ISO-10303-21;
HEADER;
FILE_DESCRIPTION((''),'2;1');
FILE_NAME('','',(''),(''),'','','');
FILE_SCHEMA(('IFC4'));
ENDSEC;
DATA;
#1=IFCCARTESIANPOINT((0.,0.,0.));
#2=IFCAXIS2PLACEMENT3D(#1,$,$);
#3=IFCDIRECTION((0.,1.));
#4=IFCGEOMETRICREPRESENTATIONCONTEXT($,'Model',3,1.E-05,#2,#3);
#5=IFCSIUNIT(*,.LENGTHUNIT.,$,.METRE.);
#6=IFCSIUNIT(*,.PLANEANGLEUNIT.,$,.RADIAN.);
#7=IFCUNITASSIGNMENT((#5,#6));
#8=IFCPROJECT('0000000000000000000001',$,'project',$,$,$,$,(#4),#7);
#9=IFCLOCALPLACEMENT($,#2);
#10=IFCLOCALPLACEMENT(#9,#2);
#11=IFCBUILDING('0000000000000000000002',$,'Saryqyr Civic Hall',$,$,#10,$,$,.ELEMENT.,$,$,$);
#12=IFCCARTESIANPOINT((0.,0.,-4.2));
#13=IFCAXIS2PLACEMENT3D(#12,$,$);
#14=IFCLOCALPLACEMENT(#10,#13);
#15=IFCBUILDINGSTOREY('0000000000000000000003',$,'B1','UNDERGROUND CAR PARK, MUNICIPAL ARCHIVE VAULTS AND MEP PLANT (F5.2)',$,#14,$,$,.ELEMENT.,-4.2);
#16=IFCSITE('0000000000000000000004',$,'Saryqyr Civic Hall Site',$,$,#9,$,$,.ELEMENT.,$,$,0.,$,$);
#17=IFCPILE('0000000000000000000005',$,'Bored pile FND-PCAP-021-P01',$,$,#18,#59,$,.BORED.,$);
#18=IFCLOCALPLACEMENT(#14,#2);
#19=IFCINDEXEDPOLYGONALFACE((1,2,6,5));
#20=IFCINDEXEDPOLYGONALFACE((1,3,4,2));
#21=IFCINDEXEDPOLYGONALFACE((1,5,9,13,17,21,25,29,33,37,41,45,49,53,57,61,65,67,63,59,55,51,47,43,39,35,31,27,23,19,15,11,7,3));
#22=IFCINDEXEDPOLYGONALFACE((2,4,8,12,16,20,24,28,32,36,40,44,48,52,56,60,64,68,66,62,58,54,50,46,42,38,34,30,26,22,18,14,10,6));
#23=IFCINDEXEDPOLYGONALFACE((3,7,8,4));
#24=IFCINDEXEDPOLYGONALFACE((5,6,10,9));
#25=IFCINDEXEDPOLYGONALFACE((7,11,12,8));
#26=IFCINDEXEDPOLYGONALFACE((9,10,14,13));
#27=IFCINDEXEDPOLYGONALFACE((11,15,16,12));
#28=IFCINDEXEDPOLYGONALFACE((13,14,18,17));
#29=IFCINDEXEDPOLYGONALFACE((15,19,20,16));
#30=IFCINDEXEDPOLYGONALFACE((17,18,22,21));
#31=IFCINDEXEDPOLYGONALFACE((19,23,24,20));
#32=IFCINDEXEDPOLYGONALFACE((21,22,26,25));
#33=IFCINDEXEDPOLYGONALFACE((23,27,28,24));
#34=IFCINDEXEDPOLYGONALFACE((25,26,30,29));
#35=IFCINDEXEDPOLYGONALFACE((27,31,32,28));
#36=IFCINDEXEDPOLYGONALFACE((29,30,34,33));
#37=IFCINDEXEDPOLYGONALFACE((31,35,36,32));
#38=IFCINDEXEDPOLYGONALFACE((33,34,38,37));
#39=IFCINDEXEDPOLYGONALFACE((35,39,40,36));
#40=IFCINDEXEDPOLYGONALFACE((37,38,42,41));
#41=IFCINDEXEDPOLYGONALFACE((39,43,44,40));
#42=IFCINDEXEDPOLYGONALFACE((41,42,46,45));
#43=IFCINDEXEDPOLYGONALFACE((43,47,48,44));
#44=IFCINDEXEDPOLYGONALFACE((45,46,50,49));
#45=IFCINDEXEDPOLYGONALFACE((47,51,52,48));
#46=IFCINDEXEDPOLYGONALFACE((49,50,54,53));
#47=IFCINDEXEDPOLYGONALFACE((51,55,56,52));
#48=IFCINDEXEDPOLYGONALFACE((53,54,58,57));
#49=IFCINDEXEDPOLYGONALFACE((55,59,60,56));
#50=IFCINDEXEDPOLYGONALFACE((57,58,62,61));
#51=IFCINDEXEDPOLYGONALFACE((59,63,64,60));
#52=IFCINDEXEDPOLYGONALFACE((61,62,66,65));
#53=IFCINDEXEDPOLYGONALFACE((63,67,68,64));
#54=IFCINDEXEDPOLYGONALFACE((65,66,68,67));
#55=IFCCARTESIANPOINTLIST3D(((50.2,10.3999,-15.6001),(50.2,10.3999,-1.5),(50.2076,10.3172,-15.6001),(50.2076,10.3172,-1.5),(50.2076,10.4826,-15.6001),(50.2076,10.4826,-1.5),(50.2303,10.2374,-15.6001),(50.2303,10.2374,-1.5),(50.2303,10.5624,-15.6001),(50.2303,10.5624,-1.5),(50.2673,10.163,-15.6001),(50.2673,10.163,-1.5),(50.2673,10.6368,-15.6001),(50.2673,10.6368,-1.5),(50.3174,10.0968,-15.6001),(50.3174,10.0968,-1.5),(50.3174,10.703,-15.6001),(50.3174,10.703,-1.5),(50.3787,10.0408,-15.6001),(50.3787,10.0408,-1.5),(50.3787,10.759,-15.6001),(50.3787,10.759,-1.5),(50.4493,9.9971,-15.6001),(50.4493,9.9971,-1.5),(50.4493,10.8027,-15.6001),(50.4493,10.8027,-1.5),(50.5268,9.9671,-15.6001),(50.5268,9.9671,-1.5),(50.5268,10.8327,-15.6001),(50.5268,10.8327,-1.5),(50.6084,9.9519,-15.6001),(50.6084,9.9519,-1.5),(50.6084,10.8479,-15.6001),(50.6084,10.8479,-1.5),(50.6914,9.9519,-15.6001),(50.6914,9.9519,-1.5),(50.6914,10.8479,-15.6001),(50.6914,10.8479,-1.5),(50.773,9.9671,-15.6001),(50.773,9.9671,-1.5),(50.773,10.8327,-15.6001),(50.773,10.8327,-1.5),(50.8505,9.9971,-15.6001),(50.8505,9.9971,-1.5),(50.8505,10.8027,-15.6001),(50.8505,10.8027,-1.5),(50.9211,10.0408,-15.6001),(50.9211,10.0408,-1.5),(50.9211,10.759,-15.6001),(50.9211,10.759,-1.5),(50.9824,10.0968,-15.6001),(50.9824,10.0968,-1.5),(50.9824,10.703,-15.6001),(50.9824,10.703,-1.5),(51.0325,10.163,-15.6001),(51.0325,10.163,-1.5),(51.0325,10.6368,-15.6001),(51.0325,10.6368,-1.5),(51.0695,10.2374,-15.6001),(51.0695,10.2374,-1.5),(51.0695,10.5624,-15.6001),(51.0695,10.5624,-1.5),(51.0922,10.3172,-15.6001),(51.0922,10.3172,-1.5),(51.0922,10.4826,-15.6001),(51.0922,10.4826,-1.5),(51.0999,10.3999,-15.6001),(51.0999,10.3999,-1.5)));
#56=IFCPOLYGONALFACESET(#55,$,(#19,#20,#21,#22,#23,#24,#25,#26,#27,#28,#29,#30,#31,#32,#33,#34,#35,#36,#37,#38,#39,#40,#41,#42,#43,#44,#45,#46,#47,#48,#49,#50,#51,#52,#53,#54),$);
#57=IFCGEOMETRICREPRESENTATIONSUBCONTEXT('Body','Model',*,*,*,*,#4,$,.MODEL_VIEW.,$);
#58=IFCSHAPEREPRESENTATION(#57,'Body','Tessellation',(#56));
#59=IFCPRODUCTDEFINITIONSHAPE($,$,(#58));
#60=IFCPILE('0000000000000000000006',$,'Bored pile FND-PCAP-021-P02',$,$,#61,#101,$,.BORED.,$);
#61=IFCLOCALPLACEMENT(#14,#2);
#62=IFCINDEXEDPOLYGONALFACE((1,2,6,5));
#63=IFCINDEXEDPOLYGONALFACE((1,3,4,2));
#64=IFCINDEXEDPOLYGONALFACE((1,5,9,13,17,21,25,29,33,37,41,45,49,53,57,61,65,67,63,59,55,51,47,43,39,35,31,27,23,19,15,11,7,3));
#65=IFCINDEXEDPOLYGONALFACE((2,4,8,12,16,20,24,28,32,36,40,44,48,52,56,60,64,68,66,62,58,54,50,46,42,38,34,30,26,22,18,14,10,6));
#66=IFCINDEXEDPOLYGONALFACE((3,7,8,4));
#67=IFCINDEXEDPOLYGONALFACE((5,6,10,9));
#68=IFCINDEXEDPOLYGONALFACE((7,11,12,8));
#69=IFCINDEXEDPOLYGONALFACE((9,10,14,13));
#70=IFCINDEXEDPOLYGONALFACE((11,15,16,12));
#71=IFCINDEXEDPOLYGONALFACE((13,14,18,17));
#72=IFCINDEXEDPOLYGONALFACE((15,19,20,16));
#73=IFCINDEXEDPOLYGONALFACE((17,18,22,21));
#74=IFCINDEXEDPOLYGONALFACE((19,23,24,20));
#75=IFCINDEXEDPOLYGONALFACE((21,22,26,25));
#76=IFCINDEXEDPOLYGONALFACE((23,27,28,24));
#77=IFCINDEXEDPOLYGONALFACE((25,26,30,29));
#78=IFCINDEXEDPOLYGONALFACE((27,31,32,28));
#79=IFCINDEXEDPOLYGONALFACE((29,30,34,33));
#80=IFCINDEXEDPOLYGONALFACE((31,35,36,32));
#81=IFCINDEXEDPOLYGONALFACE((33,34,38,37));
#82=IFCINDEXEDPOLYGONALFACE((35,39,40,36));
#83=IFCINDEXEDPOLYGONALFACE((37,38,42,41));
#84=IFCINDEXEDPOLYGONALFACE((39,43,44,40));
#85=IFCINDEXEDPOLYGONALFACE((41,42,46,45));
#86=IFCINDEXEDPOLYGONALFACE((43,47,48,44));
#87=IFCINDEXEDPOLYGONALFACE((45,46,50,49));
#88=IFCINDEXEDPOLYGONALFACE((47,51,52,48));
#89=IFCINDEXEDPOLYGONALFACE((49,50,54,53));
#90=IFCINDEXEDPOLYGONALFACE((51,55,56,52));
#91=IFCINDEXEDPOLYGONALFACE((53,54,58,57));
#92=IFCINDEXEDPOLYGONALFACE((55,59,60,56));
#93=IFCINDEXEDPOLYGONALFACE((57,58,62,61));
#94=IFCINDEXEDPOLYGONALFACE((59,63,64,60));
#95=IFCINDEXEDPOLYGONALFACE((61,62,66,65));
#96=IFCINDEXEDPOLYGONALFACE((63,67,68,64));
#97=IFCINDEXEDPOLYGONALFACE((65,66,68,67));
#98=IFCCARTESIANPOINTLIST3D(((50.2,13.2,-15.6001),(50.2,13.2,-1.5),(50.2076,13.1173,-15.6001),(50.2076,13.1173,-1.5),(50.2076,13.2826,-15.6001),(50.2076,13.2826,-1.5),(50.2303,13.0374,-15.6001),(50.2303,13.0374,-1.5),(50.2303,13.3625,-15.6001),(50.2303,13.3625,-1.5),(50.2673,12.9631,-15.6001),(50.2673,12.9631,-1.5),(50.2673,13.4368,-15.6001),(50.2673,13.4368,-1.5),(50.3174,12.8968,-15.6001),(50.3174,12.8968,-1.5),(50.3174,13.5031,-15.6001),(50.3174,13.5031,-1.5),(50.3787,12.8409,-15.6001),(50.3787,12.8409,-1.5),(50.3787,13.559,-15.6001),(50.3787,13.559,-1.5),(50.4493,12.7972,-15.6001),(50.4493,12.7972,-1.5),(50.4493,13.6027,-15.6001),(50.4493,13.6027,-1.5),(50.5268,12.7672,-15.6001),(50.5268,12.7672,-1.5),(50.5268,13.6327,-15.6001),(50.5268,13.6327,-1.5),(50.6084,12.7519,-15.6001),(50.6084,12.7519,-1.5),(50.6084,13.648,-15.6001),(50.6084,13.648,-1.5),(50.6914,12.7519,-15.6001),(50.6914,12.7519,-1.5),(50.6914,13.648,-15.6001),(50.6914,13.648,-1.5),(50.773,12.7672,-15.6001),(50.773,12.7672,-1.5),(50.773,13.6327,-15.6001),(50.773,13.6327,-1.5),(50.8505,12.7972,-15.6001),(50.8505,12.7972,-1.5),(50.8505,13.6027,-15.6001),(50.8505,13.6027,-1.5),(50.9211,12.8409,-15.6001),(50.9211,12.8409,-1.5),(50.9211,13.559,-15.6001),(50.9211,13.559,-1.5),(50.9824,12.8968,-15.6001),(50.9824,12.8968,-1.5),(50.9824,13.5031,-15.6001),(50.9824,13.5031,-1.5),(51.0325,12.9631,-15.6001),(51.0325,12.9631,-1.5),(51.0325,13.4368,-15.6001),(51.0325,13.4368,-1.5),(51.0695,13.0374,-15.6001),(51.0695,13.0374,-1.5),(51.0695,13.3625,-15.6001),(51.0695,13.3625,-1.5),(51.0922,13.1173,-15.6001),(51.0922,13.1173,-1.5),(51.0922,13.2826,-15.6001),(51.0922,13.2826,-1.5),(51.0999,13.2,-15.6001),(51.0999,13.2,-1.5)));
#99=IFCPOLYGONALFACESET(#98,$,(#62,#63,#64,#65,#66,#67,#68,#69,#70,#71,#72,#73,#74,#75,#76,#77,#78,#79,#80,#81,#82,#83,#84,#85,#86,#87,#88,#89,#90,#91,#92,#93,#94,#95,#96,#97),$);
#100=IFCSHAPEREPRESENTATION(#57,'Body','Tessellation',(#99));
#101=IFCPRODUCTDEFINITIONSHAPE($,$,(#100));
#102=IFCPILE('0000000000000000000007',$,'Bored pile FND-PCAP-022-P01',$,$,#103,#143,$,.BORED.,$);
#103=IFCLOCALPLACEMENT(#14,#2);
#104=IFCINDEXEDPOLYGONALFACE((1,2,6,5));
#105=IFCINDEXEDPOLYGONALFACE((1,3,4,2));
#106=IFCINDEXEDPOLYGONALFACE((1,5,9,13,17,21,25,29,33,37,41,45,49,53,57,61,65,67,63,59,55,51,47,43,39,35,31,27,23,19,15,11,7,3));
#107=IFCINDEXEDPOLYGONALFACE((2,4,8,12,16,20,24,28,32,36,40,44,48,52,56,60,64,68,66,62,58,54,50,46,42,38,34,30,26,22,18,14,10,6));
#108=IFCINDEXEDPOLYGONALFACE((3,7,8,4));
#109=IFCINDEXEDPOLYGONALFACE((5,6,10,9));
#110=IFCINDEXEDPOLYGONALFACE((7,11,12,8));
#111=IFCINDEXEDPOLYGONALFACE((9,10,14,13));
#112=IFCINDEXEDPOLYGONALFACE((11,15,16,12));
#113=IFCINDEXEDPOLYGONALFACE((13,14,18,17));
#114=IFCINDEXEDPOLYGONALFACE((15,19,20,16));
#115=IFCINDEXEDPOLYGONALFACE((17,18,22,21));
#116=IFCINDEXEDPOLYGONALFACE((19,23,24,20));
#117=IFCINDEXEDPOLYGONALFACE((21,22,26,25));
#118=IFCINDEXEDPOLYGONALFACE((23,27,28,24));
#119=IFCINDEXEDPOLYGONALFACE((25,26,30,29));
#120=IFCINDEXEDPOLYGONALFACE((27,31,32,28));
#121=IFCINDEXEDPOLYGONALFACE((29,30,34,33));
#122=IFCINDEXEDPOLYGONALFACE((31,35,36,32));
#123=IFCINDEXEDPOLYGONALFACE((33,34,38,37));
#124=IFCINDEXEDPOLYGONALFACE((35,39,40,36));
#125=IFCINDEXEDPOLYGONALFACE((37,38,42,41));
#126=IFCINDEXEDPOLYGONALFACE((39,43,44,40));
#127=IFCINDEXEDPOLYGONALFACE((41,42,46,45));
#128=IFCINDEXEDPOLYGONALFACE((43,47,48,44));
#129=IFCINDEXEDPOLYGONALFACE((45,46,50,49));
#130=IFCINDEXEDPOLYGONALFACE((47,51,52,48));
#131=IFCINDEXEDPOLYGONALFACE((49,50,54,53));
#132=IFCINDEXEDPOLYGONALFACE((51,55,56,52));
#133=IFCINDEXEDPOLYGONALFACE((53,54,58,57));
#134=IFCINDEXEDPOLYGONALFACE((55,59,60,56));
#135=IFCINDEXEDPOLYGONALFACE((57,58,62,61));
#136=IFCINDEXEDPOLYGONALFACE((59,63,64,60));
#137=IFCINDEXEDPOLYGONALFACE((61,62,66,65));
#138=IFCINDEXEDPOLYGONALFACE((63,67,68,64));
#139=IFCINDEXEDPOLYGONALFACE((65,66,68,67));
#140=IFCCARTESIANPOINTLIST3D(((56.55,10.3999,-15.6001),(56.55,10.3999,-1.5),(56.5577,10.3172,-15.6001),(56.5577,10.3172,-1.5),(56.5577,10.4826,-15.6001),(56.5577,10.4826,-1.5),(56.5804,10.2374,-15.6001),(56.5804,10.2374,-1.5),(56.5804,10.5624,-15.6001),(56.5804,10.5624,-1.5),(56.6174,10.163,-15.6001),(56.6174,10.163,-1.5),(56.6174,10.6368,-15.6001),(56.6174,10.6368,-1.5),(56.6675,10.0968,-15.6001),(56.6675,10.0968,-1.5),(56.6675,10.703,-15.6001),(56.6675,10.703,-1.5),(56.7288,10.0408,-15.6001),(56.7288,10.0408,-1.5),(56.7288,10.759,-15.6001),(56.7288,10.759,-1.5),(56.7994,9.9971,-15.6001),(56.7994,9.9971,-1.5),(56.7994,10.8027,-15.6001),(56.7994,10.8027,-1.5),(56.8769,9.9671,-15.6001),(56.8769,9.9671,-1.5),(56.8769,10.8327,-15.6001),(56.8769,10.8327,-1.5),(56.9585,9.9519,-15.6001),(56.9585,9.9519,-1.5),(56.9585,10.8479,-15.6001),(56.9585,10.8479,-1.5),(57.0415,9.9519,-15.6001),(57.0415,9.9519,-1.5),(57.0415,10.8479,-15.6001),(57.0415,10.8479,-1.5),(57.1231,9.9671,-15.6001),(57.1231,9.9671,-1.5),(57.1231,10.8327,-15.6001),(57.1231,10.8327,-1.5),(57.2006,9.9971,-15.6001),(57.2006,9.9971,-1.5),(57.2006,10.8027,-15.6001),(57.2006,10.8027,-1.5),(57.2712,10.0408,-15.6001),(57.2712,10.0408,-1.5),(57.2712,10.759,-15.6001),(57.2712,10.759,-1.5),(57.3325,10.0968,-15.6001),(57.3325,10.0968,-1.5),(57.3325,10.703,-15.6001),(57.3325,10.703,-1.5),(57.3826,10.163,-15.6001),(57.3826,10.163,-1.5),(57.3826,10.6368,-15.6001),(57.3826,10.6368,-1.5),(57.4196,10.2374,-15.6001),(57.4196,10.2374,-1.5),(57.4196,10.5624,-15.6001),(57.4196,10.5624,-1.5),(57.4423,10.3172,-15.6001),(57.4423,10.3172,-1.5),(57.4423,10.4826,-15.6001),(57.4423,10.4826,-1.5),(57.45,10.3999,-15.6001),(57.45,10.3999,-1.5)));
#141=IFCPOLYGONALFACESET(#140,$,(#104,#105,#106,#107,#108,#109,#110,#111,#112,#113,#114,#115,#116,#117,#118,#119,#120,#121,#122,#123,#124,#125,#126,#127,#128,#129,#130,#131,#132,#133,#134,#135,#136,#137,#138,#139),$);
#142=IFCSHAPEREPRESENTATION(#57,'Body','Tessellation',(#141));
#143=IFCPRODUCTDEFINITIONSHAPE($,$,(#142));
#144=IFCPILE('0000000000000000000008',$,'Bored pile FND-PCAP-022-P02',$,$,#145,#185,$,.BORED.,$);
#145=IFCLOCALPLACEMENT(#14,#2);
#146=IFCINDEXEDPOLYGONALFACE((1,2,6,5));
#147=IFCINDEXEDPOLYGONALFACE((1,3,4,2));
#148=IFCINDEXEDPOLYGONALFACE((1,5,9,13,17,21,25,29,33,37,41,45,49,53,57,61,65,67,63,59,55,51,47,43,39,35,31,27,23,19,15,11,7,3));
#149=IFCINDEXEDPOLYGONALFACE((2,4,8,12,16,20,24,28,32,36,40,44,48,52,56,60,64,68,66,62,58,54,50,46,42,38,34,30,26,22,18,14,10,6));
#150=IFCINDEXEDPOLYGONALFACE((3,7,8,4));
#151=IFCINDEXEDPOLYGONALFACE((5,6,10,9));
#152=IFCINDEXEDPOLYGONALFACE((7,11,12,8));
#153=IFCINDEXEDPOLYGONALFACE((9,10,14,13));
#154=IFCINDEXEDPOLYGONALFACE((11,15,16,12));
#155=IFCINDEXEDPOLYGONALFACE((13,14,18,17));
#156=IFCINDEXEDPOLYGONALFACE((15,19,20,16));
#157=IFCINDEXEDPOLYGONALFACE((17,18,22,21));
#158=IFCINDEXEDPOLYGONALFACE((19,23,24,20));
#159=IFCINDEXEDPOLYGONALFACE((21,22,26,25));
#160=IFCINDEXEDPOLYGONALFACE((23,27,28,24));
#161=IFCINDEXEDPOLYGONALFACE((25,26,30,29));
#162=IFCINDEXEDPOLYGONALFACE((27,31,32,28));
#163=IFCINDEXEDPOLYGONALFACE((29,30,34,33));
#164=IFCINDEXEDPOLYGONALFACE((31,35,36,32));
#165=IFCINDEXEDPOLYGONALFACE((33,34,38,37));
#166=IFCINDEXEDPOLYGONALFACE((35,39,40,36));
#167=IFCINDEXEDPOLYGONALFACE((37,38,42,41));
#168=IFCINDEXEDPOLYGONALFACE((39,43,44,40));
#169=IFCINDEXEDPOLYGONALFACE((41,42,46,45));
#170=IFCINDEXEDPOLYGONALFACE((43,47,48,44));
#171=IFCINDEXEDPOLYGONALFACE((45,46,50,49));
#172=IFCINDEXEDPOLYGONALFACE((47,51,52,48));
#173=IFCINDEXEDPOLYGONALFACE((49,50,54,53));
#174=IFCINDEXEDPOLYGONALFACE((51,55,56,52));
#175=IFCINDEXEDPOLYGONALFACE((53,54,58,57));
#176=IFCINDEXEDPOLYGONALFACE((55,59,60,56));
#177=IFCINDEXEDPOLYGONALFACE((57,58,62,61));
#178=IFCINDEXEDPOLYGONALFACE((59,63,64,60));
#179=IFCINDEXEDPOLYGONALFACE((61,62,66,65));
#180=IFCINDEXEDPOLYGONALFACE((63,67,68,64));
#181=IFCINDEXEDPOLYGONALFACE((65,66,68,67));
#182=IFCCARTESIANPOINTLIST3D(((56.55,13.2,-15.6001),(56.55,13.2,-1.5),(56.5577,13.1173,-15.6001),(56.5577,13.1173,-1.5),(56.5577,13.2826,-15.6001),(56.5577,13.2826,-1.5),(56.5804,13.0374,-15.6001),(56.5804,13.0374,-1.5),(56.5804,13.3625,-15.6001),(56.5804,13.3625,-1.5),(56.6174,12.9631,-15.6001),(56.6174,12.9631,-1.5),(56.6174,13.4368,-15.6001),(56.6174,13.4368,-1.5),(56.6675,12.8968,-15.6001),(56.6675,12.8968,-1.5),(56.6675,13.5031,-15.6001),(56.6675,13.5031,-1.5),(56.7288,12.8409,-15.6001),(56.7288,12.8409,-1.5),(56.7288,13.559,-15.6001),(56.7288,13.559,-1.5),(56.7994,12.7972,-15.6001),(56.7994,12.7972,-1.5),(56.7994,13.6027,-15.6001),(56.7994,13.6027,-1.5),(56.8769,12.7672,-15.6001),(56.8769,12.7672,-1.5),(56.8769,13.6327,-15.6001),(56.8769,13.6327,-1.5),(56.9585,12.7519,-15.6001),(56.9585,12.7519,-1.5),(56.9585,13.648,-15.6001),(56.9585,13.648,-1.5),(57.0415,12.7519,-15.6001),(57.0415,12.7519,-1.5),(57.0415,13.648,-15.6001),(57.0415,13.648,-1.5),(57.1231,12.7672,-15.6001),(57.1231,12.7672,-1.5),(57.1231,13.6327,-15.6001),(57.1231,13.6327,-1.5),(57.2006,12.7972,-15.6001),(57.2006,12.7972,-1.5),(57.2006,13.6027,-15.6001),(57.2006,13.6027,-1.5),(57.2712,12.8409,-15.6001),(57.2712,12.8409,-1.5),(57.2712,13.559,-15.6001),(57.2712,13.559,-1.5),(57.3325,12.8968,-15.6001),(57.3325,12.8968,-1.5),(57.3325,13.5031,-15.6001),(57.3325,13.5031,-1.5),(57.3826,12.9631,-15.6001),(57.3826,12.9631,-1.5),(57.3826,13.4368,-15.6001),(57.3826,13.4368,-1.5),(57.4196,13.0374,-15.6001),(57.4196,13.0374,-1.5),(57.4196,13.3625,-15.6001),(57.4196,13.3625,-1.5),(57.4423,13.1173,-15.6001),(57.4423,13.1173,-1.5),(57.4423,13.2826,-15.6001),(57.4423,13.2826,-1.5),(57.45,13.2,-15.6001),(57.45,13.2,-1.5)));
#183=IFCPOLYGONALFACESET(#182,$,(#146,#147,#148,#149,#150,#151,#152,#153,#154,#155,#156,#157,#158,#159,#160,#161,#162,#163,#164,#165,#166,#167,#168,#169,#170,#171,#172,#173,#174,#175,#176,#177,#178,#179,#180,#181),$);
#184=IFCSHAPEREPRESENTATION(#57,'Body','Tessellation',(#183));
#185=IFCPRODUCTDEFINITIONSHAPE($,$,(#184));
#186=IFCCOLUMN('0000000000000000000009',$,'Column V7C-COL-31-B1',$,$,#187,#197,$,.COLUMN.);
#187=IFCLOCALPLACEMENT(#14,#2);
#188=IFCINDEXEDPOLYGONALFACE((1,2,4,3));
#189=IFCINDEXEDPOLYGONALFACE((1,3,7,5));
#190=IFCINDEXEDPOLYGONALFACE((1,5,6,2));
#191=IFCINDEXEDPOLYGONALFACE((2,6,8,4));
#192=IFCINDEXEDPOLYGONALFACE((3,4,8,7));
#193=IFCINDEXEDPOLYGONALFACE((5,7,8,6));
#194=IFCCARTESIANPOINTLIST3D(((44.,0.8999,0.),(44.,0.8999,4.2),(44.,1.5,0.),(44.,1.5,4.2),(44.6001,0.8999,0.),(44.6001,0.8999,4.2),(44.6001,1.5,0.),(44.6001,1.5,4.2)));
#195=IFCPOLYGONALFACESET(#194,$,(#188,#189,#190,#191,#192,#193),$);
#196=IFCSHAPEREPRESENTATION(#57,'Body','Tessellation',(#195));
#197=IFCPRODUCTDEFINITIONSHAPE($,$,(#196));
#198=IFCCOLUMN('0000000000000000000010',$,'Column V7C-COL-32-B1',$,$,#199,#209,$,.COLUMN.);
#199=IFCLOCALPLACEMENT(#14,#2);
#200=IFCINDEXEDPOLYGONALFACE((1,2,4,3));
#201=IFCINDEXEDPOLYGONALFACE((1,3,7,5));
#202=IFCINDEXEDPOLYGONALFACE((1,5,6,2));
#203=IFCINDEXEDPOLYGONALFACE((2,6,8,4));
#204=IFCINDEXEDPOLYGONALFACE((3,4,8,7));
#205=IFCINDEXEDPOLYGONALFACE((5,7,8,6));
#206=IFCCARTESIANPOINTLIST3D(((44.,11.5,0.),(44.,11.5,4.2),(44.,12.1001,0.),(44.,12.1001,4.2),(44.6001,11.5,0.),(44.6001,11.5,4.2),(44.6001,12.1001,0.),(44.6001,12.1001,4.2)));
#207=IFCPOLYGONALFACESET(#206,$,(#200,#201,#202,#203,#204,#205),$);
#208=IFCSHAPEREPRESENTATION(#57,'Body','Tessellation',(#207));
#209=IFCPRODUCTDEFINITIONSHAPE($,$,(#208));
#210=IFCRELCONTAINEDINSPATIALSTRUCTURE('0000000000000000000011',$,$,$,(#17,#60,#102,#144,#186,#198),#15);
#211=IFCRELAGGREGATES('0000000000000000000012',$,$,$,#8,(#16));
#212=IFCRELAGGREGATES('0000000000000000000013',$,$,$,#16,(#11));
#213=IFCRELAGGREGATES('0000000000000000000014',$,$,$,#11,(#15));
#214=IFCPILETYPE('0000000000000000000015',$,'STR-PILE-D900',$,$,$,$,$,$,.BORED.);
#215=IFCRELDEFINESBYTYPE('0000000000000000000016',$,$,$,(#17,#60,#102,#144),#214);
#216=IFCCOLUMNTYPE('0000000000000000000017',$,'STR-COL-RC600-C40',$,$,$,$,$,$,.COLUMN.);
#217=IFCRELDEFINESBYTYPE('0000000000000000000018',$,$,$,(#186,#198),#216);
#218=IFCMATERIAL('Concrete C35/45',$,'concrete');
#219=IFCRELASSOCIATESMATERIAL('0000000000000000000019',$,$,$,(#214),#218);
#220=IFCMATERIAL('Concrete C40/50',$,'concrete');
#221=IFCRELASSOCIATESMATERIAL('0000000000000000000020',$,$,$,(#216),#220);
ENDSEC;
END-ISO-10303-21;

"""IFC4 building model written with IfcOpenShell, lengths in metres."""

from ifc_helpers import new_model, si_unit, direction, frame, origin, origin_2d, place, context, subcontext, project, spatial, rectangle, circle, extrude, material, material_profile, profile_set, type_object, element, save


model = new_model("IFC4")

# Units and contexts
model_context = context("Model", 3, precision=1e-05, world=origin(), true_north=direction((0.0, 1.0)))
body_context = subcontext(model_context, "Body", "Model", "MODEL_VIEW")
ifc_project = project(units=[si_unit("LENGTHUNIT", "METRE"), si_unit("PLANEANGLEUNIT", "RADIAN")], contexts=[model_context])

# Site, building, storey
site_placement = place(None, origin())
site = spatial("IfcSite", under=ifc_project, at=site_placement, Name="Saryqyr Civic Hall Site", CompositionType="ELEMENT", RefElevation=0.0)
building_placement = place(site_placement, origin())
building = spatial("IfcBuilding", under=site, at=building_placement, Name="Saryqyr Civic Hall", CompositionType="ELEMENT")
storey_placement = place(building_placement, frame((0.0, 0.0, -4.2)))
storey = spatial("IfcBuildingStorey", under=building, at=storey_placement, Name="B1", Description="UNDERGROUND CAR PARK, MUNICIPAL ARCHIVE VAULTS AND MEP PLANT (F5.2)", CompositionType="ELEMENT", Elevation=-4.2)

# Shared definitions
ifc_material_1 = material(Name="Concrete C35/45", Category="concrete")

# Piles
ifc_material_profile_1 = material_profile(ifc_material_1, circle(Radius=0.45, at=origin_2d()), Name="BORED PILE D900")
ifc_profile_set_1 = profile_set([ifc_material_profile_1], Name="Concrete C35/45")
pile_type = type_object("IfcPileType", Name="STR-PILE-D900", PredefinedType="BORED", material=ifc_profile_set_1)
for number, where, z_axis, x_axis, name in (
    (1, (50.6499, 10.3999, -1.5), (0.0, 0.0, -1.0), (1.0, 0.0, 0.0), "Bored pile FND-PCAP-021-P01"),
    (2, (50.6499, 13.2, -1.5), (0.0, 0.0, -1.0), (1.0, 0.0, 0.0), "Bored pile FND-PCAP-021-P02"),
    (3, (57.0, 10.3999, -1.5), (0.0, 0.0, -1.0), (1.0, 0.0, 0.0), "Bored pile FND-PCAP-022-P01"),
    (4, (57.0, 13.2, -1.5), (0.0, 0.0, -1.0), (1.0, 0.0, 0.0), "Bored pile FND-PCAP-022-P02"),
):
    element("IfcPile", number, at=place(storey_placement, frame(where, z_axis=z_axis, x_axis=x_axis)), inside=storey, type_object=pile_type, Name=name, PredefinedType="BORED", context=body_context, shape_type="SweptSolid", body=[
        extrude(circle(Radius=0.45, at=origin_2d()), origin(), (0.0, 0.0, 1.0), 14.1001),
    ])

# Columns
ifc_material_2 = material(Name="Concrete C40/50", Category="concrete")
ifc_material_profile_2 = material_profile(ifc_material_2, rectangle(XDim=0.6001, YDim=0.6001, at=origin_2d()), Name="RC 600x600")
ifc_profile_set_2 = profile_set([ifc_material_profile_2], Name="Concrete C40/50")
column_type = type_object("IfcColumnType", Name="STR-COL-RC600-C40", PredefinedType="COLUMN", material=ifc_profile_set_2)
for number, where, z_axis, x_axis, name in (
    (5, (44.3, 1.2, 0.0), (0.0, 0.0, 1.0), (1.0, 0.0, 0.0), "Column V7C-COL-31-B1"),
    (6, (44.3, 11.8, 0.0), (0.0, 0.0, 1.0), (1.0, 0.0, 0.0), "Column V7C-COL-32-B1"),
):
    element("IfcColumn", number, at=place(storey_placement, frame(where, z_axis=z_axis, x_axis=x_axis)), inside=storey, type_object=column_type, Name=name, PredefinedType="COLUMN", context=body_context, shape_type="SweptSolid", body=[
        extrude(rectangle(XDim=0.6001, YDim=0.6001, at=origin_2d()), origin(), (0.0, 0.0, 1.0), 4.2),
    ])

save(model, "model.ifc")
